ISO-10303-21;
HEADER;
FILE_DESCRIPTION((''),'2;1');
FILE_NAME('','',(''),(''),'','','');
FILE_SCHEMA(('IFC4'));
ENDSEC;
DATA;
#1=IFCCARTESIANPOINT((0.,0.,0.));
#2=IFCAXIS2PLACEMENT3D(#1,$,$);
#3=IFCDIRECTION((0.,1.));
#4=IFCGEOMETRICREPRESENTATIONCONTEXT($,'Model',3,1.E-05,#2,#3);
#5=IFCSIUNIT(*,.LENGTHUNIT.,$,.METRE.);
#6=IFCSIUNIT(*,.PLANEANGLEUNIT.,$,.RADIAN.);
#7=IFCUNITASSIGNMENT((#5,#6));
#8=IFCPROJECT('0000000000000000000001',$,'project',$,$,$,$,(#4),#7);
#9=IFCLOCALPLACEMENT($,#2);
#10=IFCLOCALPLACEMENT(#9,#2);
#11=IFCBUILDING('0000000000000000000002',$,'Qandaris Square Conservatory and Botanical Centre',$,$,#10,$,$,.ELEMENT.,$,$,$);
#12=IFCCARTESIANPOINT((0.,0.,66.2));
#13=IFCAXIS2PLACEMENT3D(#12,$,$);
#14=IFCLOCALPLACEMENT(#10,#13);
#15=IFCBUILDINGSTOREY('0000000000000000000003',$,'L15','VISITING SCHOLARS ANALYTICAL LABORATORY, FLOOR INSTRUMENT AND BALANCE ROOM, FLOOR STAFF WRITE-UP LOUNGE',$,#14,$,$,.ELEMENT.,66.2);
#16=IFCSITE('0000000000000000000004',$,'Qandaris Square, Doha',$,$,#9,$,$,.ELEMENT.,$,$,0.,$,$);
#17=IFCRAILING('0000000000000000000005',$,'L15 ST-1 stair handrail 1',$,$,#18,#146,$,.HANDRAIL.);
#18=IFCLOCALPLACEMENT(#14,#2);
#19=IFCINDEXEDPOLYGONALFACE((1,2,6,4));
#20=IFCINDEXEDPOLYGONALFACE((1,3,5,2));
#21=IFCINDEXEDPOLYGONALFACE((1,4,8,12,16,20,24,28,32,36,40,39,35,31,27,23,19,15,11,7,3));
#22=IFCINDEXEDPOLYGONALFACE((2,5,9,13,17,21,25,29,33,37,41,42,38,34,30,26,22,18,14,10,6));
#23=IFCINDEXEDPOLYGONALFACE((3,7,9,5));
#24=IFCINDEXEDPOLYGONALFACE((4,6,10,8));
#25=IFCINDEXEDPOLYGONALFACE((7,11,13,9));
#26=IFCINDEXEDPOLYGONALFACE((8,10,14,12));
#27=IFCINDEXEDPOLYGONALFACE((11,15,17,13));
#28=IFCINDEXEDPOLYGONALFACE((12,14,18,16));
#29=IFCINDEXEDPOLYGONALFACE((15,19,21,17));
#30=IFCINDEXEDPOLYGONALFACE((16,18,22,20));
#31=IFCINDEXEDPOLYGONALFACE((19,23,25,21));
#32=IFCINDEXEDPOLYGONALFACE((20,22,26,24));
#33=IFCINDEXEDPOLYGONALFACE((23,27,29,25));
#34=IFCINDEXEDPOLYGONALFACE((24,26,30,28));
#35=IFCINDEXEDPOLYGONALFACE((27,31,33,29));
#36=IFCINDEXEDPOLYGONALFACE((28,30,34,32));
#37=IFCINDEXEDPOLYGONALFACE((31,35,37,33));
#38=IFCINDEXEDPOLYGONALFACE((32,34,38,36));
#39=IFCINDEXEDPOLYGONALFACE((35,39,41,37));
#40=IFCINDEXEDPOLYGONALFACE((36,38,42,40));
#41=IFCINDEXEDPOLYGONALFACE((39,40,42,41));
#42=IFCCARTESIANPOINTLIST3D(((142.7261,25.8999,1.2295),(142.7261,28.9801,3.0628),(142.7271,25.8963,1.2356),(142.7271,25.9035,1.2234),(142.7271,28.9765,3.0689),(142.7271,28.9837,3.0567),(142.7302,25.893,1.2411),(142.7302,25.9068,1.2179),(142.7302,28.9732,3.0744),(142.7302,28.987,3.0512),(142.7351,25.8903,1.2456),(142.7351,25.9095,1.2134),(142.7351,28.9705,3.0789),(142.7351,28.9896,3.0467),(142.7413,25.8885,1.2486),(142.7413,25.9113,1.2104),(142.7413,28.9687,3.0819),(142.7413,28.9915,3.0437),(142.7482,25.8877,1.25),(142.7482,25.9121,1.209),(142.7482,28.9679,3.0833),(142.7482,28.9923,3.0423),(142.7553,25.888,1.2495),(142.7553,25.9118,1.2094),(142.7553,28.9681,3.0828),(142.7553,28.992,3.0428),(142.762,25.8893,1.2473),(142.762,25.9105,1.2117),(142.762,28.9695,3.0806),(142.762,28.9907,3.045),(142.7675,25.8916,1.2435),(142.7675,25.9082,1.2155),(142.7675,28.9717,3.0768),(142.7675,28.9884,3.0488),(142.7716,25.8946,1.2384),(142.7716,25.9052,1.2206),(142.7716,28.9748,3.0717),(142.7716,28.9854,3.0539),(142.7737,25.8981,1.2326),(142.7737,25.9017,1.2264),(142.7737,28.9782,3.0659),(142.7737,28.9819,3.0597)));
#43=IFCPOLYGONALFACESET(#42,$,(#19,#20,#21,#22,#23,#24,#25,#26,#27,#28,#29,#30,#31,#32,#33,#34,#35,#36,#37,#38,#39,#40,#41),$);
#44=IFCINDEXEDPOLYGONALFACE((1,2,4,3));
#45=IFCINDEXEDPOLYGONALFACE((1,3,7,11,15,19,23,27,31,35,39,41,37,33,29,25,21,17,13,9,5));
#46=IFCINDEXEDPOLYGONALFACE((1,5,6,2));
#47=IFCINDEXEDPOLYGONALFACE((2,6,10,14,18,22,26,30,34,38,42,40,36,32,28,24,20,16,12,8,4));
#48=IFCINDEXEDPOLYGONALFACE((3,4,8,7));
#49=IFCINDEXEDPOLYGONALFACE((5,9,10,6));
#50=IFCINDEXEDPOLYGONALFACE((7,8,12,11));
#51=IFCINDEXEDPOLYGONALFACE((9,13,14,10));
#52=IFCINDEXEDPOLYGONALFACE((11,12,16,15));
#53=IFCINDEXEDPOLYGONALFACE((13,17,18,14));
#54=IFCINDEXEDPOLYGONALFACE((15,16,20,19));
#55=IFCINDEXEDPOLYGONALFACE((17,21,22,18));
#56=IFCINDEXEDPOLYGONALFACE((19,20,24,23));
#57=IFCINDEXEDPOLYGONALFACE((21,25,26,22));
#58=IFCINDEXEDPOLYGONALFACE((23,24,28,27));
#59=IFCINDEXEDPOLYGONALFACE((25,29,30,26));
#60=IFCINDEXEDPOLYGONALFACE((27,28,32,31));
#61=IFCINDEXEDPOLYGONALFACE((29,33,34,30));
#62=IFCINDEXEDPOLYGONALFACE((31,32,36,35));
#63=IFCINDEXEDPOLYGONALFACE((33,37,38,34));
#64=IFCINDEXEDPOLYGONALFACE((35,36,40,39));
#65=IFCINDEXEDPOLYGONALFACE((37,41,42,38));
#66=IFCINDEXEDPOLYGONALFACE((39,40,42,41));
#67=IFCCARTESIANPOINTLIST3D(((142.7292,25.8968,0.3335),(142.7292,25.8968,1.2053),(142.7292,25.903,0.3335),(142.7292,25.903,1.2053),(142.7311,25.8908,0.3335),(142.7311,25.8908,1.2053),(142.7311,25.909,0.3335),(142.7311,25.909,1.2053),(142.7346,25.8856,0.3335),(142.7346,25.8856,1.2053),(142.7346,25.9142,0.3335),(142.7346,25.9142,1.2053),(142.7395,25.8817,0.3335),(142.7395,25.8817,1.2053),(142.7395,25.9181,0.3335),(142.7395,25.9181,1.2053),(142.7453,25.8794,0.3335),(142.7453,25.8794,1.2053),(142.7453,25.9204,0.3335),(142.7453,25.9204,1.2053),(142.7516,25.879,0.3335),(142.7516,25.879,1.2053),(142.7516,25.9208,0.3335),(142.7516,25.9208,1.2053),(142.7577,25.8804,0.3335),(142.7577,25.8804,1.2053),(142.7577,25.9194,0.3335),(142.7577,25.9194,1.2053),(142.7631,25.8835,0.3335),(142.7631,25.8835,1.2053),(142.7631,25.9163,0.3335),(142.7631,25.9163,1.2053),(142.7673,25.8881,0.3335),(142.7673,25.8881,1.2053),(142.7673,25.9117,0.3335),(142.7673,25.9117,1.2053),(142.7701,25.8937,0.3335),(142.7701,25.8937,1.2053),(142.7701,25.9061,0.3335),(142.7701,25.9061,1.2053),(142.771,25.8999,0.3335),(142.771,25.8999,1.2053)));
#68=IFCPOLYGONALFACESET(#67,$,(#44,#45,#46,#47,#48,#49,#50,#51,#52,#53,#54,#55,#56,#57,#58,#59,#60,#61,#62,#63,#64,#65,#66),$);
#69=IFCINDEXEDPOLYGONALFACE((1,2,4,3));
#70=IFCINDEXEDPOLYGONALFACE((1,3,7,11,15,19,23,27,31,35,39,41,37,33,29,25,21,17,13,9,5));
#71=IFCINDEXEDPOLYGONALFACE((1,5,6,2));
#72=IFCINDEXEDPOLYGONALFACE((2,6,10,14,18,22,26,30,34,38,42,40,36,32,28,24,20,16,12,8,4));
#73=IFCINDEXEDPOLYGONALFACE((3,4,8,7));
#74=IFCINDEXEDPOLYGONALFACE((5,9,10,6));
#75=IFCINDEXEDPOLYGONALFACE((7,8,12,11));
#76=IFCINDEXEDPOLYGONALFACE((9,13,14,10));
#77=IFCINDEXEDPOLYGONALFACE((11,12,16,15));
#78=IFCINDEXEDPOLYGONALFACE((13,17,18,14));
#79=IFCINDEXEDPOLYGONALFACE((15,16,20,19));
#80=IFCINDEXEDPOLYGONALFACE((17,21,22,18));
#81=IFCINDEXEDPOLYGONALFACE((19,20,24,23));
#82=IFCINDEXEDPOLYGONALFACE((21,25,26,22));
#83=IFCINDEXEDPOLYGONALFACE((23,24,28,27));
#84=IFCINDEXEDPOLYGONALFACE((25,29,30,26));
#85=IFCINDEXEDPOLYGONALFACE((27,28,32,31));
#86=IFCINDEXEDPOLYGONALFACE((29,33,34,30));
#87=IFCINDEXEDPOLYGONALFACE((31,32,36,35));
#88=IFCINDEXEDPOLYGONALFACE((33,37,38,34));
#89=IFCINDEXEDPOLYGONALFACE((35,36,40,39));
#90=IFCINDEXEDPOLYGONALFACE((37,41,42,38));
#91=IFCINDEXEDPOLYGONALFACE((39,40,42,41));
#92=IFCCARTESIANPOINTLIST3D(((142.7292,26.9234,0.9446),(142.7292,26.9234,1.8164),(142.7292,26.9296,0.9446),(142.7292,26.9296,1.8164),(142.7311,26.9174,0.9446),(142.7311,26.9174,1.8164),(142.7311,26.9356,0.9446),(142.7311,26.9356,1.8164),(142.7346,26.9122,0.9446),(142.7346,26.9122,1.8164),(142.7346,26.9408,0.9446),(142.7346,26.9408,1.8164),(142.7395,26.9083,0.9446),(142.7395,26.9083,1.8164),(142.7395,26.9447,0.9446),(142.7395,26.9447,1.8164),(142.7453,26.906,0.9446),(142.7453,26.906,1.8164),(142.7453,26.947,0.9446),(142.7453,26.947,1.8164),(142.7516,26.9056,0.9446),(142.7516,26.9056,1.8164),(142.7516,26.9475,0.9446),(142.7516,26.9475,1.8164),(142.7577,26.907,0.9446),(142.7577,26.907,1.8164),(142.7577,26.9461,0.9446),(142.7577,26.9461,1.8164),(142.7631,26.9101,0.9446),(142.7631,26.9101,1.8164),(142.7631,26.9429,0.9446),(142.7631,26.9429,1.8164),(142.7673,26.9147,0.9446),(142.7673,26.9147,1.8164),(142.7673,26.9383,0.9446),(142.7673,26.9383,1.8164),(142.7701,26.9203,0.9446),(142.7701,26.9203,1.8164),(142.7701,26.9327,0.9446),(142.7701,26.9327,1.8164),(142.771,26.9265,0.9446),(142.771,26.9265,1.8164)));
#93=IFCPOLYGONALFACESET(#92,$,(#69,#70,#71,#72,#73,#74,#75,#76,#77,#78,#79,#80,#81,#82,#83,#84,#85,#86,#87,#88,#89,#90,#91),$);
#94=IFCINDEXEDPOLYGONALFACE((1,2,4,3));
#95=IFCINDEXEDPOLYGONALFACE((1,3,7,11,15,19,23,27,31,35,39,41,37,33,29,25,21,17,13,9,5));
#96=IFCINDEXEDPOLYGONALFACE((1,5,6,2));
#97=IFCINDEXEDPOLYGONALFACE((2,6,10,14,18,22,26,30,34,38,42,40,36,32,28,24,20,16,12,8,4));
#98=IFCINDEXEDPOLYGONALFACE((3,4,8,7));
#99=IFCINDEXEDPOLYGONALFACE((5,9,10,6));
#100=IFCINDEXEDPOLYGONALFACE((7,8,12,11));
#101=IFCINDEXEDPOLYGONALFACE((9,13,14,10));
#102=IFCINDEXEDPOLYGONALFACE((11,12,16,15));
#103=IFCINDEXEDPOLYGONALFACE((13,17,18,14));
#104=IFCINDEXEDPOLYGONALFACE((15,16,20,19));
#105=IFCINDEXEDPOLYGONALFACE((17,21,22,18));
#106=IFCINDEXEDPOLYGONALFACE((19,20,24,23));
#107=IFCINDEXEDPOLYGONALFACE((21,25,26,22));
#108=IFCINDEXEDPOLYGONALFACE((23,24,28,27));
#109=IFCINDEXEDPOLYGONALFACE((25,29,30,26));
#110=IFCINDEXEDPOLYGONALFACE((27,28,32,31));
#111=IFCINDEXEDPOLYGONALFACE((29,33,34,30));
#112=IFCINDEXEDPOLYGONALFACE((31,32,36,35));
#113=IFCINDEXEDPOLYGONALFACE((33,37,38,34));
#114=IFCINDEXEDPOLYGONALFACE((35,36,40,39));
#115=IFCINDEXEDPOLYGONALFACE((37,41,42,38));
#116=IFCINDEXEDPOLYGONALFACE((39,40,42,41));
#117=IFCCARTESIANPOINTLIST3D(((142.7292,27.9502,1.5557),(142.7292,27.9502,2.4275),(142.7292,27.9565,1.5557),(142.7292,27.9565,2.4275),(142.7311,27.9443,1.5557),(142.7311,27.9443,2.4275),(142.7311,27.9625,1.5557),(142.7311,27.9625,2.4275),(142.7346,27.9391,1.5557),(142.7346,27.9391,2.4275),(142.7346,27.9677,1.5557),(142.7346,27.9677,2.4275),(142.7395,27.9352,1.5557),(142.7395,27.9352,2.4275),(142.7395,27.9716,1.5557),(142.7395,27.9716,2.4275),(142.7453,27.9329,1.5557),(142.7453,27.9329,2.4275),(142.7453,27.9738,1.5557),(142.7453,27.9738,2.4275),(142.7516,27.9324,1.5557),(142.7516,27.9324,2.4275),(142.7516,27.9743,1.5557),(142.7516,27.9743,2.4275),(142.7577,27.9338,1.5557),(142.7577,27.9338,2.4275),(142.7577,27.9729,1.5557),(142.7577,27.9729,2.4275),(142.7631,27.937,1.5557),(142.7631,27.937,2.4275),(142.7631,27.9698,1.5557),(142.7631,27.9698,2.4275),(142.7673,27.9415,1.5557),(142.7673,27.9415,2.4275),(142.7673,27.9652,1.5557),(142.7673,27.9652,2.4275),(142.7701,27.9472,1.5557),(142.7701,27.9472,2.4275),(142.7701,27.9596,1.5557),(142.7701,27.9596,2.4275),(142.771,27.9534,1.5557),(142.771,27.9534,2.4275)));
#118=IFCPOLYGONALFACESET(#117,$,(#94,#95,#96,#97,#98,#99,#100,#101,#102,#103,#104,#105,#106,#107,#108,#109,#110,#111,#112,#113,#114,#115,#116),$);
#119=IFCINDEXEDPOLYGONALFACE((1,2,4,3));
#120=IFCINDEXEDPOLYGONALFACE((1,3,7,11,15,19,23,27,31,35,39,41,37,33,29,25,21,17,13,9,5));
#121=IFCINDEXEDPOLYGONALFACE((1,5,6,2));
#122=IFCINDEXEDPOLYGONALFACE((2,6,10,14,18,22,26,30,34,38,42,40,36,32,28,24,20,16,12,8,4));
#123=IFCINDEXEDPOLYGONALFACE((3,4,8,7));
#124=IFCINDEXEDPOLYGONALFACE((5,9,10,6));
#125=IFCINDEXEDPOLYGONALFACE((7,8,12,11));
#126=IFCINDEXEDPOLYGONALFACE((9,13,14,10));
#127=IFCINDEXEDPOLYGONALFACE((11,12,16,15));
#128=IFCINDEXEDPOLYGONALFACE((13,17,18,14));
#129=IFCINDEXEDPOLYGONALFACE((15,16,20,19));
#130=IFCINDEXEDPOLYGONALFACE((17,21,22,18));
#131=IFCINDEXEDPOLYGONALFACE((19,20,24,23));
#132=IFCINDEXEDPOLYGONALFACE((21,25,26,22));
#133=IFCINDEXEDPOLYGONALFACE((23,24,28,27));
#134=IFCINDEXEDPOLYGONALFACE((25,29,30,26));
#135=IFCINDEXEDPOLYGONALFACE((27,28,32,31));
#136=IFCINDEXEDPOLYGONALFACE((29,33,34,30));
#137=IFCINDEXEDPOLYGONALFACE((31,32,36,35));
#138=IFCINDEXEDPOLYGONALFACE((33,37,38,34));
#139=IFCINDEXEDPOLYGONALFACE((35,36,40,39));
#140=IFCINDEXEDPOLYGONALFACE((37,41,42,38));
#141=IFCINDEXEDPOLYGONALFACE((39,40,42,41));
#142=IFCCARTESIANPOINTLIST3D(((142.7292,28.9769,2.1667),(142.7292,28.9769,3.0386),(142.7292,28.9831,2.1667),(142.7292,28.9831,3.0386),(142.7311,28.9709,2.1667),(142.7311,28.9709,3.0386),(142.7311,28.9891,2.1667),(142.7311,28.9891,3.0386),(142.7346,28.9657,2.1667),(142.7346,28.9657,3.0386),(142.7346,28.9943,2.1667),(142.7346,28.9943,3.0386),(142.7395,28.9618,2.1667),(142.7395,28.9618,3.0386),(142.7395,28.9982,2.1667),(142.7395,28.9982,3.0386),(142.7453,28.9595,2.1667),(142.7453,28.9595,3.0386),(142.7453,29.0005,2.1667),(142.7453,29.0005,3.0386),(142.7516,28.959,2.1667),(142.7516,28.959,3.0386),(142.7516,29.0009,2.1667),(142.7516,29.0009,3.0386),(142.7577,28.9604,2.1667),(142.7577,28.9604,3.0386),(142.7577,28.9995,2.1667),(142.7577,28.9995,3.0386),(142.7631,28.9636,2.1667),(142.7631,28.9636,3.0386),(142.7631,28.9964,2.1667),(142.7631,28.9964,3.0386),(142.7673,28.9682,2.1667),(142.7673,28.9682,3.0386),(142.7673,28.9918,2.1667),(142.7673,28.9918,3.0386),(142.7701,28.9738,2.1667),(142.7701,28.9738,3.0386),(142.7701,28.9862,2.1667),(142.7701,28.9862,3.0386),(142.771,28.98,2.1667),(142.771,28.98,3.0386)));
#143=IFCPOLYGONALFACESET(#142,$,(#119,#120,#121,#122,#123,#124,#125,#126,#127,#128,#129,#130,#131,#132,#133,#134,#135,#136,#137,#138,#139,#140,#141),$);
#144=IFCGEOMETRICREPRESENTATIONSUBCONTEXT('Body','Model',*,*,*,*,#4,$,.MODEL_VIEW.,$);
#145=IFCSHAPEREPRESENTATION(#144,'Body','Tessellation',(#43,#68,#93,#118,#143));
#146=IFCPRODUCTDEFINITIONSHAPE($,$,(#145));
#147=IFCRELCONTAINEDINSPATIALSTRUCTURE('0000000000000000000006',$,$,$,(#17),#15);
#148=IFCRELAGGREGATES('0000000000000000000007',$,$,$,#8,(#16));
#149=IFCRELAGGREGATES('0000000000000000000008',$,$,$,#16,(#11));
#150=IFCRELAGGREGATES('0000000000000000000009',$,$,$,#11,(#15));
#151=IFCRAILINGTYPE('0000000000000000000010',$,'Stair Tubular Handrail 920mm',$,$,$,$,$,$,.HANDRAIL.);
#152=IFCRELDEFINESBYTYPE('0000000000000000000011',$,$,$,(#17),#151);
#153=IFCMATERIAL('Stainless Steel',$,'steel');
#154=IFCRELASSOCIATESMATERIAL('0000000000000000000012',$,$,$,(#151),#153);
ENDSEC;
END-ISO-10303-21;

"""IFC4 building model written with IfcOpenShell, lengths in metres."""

from ifc_helpers import new_model, si_unit, direction, frame, origin, origin_2d, place, context, subcontext, project, spatial, circle, extrude, material, type_object, element, save


model = new_model("IFC4")

# Units and contexts
model_context = context("Model", 3, precision=1e-05, world=origin(), true_north=direction((0.0, 1.0)))
body_context = subcontext(model_context, "Body", "Model", "MODEL_VIEW")
ifc_project = project(units=[si_unit("LENGTHUNIT", "METRE"), si_unit("PLANEANGLEUNIT", "RADIAN")], contexts=[model_context])

# Site, building, storey
site_placement = place(None, origin())
site = spatial("IfcSite", under=ifc_project, at=site_placement, Name="Qandaris Square, Doha", CompositionType="ELEMENT", RefElevation=0.0)
building_placement = place(site_placement, origin())
building = spatial("IfcBuilding", under=site, at=building_placement, Name="Qandaris Square Conservatory and Botanical Centre", CompositionType="ELEMENT")
storey_placement = place(building_placement, frame((0.0, 0.0, 66.2)))
storey = spatial("IfcBuildingStorey", under=building, at=storey_placement, Name="L15", Description="VISITING SCHOLARS ANALYTICAL LABORATORY, FLOOR INSTRUMENT AND BALANCE ROOM, FLOOR STAFF WRITE-UP LOUNGE", CompositionType="ELEMENT", Elevation=66.2)

# Railing
ifc_material_1 = material(Name="Stainless Steel", Category="steel")
railing_type_1 = type_object("IfcRailingType", Name="Stair Tubular Handrail 920mm", PredefinedType="HANDRAIL", material=ifc_material_1)
railing_1_placement = place(storey_placement, frame((142.75, 25.8999, 0.3335)))
element("IfcRailing", 1, at=railing_1_placement, inside=storey, type_object=railing_type_1, Name="L15 ST-1 stair handrail 1", PredefinedType="HANDRAIL", context=body_context, shape_type="SweptSolid", body=[
    extrude(circle(Radius=0.0239, at=origin_2d()), frame((0.0, 0.0, 0.896), z_axis=(0.0, 0.859309, 0.511458), x_axis=(-1.0, 0.0, 0.0)), (0.0, 0.0, 1.0), 3.5845),
    extrude(circle(Radius=0.021, at=origin_2d()), origin(), (0.0, 0.0, 1.0), 0.8718),
    extrude(circle(Radius=0.021, at=origin_2d()), frame((0.0, 1.0266, 0.6111)), (0.0, 0.0, 1.0), 0.8718),
    extrude(circle(Radius=0.021, at=origin_2d()), frame((0.0, 2.0535, 1.2222)), (0.0, 0.0, 1.0), 0.8718),
    extrude(circle(Radius=0.021, at=origin_2d()), frame((0.0, 3.0801, 1.8333)), (0.0, 0.0, 1.0), 0.8718),
])

save(model, "model.ifc")
